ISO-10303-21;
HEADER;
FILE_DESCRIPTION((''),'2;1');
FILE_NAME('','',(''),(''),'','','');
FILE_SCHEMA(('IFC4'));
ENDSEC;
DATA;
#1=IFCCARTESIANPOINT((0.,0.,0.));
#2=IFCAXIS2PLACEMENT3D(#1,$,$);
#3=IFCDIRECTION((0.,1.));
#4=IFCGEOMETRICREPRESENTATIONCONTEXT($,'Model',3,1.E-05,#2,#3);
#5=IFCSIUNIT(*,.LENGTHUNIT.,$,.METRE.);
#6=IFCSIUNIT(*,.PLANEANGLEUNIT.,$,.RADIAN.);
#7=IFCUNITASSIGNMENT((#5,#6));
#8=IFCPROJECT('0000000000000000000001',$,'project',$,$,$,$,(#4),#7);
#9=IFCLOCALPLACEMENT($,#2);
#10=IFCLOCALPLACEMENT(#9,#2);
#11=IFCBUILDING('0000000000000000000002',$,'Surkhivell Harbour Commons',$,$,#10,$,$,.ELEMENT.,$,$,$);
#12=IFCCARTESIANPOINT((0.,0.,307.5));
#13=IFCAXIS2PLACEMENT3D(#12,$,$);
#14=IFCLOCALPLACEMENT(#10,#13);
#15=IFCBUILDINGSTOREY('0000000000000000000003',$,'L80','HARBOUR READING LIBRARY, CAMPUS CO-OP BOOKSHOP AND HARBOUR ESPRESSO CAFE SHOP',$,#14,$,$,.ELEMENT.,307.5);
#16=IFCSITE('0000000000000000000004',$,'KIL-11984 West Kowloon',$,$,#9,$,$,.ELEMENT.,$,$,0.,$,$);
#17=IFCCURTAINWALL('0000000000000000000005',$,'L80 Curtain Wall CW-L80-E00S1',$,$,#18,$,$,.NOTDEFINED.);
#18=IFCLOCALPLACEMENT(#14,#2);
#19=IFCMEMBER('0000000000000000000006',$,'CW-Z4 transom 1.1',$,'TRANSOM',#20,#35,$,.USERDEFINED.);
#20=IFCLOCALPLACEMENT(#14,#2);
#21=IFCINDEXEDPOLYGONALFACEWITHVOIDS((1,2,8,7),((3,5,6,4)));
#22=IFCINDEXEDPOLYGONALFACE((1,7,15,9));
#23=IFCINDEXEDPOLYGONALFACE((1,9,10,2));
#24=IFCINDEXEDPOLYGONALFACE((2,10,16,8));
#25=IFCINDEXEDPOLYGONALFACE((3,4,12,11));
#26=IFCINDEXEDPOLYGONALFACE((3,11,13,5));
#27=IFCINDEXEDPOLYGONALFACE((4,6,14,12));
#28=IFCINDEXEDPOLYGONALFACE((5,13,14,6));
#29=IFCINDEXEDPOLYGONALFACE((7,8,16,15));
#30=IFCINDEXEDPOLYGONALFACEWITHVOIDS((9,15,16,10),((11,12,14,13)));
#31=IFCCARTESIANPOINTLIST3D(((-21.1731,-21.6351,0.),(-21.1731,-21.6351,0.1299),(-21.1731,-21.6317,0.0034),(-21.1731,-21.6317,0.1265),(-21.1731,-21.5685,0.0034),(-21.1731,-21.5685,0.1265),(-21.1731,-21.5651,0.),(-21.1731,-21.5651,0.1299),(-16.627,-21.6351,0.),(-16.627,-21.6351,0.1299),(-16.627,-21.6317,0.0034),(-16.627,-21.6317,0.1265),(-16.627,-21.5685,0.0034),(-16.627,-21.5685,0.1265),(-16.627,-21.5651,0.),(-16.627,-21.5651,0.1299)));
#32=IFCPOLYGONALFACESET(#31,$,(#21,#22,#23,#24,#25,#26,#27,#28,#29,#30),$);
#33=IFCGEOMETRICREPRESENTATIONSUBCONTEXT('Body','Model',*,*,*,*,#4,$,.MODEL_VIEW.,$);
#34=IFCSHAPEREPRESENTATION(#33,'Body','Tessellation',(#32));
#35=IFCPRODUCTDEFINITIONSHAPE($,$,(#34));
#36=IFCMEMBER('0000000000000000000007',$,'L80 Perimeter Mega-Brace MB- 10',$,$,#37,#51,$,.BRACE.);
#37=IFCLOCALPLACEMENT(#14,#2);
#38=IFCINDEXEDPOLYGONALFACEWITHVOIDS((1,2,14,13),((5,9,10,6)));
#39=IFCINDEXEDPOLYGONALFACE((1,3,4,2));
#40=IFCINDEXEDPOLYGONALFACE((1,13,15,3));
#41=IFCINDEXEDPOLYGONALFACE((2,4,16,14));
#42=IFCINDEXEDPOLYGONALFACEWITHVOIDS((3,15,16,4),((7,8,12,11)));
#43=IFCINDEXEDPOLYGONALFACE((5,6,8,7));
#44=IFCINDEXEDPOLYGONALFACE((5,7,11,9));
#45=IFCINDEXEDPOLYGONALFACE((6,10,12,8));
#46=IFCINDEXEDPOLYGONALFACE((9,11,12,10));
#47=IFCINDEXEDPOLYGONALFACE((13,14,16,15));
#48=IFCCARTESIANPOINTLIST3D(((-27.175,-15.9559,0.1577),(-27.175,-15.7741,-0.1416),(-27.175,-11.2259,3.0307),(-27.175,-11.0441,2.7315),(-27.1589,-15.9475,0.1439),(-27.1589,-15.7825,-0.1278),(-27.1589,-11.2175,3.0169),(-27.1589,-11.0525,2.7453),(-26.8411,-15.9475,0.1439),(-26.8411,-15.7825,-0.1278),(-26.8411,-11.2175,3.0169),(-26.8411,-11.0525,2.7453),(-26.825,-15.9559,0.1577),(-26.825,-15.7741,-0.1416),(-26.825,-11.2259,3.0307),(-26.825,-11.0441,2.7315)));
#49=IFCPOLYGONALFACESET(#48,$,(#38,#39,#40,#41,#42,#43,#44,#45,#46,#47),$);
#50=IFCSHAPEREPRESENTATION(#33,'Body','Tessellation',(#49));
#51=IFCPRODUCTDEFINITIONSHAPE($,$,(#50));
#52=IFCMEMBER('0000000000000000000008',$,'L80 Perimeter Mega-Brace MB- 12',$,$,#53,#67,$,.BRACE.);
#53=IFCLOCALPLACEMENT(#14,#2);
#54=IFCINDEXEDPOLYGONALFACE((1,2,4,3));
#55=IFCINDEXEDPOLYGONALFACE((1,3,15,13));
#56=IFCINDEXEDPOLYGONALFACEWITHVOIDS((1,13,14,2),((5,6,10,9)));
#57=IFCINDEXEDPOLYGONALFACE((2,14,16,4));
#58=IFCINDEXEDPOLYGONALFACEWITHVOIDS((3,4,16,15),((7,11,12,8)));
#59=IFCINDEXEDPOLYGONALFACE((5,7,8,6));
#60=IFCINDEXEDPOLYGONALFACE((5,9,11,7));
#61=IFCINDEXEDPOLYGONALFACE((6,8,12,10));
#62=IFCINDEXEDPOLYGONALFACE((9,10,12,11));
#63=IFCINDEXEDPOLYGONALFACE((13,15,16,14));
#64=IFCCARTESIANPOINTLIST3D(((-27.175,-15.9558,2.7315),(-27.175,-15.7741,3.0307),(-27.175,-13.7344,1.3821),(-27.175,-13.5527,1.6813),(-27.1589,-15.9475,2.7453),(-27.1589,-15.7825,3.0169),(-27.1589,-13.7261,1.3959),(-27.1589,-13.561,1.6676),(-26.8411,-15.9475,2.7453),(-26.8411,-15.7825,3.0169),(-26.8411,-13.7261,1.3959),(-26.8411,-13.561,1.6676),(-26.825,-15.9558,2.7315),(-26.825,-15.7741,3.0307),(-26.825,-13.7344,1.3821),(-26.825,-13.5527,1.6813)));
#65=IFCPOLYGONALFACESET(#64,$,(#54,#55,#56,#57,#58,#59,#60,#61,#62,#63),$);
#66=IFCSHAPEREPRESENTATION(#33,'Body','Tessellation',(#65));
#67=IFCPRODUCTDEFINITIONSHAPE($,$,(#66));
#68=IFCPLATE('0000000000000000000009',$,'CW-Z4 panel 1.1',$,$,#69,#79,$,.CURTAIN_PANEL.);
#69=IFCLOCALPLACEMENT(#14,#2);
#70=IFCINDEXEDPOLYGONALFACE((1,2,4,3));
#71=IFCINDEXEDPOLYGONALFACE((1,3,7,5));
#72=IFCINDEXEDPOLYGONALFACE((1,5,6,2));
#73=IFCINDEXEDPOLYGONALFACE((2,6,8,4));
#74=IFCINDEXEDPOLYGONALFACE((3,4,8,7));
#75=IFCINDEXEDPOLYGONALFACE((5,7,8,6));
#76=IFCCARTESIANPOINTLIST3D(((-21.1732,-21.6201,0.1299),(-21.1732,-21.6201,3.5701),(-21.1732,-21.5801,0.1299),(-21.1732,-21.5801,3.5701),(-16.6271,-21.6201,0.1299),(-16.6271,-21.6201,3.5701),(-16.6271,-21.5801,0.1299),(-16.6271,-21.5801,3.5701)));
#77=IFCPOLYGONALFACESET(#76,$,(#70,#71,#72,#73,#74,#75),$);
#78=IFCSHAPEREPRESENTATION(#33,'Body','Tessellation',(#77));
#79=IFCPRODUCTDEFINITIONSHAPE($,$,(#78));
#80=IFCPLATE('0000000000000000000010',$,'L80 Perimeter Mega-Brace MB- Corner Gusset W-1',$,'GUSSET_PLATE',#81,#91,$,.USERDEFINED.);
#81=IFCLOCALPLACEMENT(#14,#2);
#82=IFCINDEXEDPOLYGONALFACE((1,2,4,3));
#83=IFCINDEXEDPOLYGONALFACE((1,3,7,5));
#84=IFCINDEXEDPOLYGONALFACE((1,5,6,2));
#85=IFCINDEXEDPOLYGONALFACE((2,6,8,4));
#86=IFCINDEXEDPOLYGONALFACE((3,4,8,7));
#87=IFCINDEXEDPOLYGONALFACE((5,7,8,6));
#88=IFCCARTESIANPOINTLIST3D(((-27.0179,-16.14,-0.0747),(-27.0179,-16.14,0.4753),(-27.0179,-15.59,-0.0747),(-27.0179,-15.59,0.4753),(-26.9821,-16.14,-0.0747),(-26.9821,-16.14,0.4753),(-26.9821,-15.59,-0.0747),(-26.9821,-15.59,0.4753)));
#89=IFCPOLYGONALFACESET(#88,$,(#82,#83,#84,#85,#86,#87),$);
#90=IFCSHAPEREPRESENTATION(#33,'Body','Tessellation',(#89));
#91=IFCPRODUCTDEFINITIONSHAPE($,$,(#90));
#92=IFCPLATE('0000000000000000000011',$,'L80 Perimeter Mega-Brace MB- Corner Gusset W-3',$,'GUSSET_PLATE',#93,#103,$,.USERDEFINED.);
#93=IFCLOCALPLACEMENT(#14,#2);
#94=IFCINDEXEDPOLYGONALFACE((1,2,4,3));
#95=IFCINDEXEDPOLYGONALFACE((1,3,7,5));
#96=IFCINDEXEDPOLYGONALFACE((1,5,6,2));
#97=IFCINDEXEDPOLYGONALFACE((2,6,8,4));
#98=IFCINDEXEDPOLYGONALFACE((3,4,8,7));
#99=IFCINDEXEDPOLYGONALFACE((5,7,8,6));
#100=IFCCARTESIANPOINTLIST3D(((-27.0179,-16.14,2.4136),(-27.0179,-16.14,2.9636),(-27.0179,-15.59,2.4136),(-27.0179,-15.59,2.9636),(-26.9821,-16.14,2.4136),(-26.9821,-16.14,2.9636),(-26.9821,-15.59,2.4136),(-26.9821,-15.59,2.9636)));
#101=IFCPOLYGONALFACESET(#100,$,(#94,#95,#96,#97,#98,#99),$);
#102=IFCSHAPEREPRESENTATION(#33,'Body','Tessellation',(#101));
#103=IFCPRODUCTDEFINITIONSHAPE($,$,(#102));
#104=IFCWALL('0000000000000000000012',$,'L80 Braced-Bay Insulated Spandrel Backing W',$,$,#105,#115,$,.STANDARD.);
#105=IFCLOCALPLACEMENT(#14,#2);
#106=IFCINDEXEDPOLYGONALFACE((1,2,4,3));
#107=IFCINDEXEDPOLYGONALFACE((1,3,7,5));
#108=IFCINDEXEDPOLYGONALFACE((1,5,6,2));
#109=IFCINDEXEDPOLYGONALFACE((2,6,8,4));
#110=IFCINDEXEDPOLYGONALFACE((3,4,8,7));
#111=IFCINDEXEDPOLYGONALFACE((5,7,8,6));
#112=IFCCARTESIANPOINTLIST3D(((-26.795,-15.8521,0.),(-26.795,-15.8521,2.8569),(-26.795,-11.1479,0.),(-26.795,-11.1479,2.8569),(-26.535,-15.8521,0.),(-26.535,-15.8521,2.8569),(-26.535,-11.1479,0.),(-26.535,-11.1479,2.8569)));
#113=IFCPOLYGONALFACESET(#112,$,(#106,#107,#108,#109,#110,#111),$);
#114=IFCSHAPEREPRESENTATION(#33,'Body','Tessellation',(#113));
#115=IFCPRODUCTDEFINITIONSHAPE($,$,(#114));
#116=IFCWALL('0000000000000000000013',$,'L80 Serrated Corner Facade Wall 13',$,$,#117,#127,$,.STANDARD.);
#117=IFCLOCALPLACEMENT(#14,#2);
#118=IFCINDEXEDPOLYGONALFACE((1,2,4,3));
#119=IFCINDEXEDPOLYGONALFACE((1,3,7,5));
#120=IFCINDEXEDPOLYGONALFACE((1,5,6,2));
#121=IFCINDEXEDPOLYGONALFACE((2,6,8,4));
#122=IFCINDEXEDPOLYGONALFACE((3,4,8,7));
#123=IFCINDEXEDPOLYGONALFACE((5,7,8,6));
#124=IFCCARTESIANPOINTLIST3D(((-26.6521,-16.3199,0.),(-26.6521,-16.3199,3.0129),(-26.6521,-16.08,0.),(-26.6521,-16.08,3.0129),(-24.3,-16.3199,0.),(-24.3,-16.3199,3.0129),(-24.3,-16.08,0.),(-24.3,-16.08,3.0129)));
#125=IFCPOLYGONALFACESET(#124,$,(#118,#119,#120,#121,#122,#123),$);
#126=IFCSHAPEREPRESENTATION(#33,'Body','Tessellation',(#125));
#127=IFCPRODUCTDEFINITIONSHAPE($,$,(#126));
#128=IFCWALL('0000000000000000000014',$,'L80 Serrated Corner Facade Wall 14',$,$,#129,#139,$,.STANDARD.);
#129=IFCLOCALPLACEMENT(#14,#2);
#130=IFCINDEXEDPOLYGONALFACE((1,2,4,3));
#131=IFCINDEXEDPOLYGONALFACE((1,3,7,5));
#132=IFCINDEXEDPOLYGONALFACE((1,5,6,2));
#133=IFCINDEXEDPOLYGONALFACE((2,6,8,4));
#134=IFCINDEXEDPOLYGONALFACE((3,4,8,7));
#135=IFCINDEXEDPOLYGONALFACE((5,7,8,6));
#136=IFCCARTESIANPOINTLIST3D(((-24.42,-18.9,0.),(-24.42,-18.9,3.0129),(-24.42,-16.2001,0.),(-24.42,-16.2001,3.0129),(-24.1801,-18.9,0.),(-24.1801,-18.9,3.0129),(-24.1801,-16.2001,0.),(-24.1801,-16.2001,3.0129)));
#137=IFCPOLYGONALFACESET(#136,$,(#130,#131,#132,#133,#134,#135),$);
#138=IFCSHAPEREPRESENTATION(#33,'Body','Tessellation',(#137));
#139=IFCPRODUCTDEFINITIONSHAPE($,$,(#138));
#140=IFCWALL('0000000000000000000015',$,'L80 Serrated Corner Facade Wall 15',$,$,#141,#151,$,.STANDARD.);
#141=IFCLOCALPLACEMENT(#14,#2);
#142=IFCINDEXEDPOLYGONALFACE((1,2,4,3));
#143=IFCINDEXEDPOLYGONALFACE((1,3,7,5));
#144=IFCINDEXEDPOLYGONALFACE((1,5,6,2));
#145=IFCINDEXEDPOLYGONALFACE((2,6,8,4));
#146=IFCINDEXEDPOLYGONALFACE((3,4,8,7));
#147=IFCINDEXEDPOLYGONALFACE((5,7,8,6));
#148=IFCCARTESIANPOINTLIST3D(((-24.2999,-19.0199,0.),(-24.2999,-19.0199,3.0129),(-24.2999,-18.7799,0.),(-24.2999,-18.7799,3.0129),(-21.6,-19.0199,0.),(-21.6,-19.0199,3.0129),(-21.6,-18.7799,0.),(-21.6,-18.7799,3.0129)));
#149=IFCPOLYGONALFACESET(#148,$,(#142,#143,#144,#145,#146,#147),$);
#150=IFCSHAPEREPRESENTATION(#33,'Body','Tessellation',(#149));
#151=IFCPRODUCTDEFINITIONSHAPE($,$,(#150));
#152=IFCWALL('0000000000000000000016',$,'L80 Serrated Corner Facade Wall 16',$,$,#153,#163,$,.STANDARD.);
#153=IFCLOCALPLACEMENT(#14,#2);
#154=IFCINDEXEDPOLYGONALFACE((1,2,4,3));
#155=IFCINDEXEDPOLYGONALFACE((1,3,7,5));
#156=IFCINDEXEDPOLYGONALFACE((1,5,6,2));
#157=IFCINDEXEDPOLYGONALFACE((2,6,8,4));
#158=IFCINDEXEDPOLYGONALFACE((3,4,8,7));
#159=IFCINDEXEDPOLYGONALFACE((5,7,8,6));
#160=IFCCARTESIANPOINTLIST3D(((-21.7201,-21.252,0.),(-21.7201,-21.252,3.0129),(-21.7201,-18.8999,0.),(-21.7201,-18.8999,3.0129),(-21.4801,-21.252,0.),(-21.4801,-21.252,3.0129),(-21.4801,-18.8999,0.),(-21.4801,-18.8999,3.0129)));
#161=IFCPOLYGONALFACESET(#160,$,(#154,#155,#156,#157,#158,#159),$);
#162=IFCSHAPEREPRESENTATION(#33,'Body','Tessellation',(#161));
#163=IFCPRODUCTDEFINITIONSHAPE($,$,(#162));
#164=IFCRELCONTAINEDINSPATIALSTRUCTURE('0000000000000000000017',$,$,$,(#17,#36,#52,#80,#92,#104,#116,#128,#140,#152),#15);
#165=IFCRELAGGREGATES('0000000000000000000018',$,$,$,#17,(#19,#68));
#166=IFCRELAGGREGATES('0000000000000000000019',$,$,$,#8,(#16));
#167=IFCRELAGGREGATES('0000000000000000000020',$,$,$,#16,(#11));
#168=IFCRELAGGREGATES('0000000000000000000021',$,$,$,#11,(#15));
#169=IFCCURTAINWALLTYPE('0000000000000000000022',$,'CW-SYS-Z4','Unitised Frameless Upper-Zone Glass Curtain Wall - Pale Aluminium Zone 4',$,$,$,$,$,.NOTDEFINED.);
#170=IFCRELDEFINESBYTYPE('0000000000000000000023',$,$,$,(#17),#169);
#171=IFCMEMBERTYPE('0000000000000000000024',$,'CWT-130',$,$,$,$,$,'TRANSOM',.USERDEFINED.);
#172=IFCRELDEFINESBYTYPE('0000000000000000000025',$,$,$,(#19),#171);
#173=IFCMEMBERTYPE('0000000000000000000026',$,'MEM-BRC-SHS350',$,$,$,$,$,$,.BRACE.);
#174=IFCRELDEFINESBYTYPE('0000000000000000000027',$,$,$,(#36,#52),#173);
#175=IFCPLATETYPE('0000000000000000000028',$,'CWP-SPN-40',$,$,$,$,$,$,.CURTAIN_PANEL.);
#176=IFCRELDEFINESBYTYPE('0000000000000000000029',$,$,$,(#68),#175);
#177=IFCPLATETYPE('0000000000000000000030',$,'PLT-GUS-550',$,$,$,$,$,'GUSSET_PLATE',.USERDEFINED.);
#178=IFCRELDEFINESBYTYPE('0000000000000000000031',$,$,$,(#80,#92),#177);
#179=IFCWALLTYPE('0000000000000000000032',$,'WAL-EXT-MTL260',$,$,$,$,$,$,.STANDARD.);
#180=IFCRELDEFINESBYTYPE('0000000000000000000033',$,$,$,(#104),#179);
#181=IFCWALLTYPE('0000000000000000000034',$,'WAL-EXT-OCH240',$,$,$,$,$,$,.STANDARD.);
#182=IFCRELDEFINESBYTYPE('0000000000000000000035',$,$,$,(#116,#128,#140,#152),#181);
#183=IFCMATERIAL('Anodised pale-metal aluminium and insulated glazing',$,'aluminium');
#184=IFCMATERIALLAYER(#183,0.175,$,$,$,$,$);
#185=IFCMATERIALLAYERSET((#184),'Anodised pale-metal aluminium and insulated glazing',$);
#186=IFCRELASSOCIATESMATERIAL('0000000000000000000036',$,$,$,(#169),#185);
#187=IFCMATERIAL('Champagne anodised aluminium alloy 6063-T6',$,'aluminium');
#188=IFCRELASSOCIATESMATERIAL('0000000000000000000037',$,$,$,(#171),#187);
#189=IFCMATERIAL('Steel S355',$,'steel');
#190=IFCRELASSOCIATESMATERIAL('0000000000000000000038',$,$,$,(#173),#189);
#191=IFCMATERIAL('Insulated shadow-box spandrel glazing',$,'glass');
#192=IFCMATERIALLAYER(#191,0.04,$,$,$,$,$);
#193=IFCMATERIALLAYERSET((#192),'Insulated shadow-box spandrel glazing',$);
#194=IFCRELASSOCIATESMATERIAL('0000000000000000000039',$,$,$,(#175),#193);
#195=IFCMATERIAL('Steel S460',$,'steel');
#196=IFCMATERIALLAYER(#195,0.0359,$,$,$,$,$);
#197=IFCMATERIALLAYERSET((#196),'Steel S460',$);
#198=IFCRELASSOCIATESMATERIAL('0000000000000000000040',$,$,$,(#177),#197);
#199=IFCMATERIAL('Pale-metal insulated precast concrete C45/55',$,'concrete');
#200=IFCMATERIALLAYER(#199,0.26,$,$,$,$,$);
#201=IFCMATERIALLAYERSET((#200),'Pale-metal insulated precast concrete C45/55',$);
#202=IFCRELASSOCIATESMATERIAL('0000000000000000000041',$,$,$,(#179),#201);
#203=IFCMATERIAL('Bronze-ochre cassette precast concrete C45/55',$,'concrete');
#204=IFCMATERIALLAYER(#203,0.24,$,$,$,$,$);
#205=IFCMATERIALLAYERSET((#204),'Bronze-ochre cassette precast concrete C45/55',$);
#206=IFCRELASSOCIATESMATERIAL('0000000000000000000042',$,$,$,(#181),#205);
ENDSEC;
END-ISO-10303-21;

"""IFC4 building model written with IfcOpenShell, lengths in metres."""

from ifc_helpers import new_model, si_unit, direction, frame, frame_2d, origin, origin_2d, place, context, subcontext, project, spatial, rectangle, hollow_rectangle, extrude, material, layer, layer_set, material_profile, profile_set, type_object, element, aggregate, save


model = new_model("IFC4")

# Units and contexts
model_context = context("Model", 3, precision=1e-05, world=origin(), true_north=direction((0.0, 1.0)))
body_context = subcontext(model_context, "Body", "Model", "MODEL_VIEW")
ifc_project = project(units=[si_unit("LENGTHUNIT", "METRE"), si_unit("PLANEANGLEUNIT", "RADIAN")], contexts=[model_context])

# Site, building, storey
site_placement = place(None, origin())
site = spatial("IfcSite", under=ifc_project, at=site_placement, Name="KIL-11984 West Kowloon", CompositionType="ELEMENT", RefElevation=0.0)
building_placement = place(site_placement, origin())
building = spatial("IfcBuilding", under=site, at=building_placement, Name="Surkhivell Harbour Commons", CompositionType="ELEMENT")
storey_placement = place(building_placement, frame((0.0, 0.0, 307.5)))
storey = spatial("IfcBuildingStorey", under=building, at=storey_placement, Name="L80", Description="HARBOUR READING LIBRARY, CAMPUS CO-OP BOOKSHOP AND HARBOUR ESPRESSO CAFE SHOP", CompositionType="ELEMENT", Elevation=307.5)

# Shared definitions
ifc_material_1 = material(Name="Steel S355", Category="steel")

# Curtain wall, member
ifc_material_2 = material(Name="Anodised pale-metal aluminium and insulated glazing", Category="aluminium")
ifc_layer_1 = layer(ifc_material_2, 0.175)
ifc_layer_set_1 = layer_set([ifc_layer_1], Name="Anodised pale-metal aluminium and insulated glazing")
curtain_wall_type = type_object("IfcCurtainWallType", Name="CW-SYS-Z4", Description="Unitised Frameless Upper-Zone Glass Curtain Wall - Pale Aluminium Zone 4", PredefinedType="NOTDEFINED", material=ifc_layer_set_1)
curtain_wall_placement = place(storey_placement, origin())
curtain_wall = element("IfcCurtainWall", 1, at=curtain_wall_placement, inside=storey, type_object=curtain_wall_type, Name="L80 Curtain Wall CW-L80-E00S1", PredefinedType="NOTDEFINED")
ifc_material_3 = material(Name="Champagne anodised aluminium alloy 6063-T6", Category="aluminium")
ifc_material_profile_1 = material_profile(ifc_material_3, hollow_rectangle(XDim=0.0701, YDim=0.1299, WallThickness=0.0034, at=origin_2d()), Name="ALU-TRAN-70x130")
ifc_profile_set_1 = profile_set([ifc_material_profile_1], Name="Champagne anodised aluminium alloy 6063-T6")
member_type_1 = type_object("IfcMemberType", Name="CWT-130", ElementType="TRANSOM", PredefinedType="USERDEFINED", material=ifc_profile_set_1)
member_1_placement = place(storey_placement, frame((-21.1731, -21.6001, 0.0649), z_axis=(1.0, 0.0, 0.0), x_axis=(0.0, 1.0, 0.0)))
member_1 = element("IfcMember", 2, at=member_1_placement, type_object=member_type_1, Name="CW-Z4 transom 1.1", ObjectType="TRANSOM", PredefinedType="USERDEFINED", context=body_context, shape_type="SweptSolid", body=[
    extrude(hollow_rectangle(XDim=0.0701, YDim=0.1299, WallThickness=0.0034, at=origin_2d()), origin(), (0.0, 0.0, 1.0), 4.5461),
])

# Members
ifc_material_profile_2 = material_profile(ifc_material_1, hollow_rectangle(XDim=0.3501, YDim=0.3501, WallThickness=0.0161, at=origin_2d()), Name="SHS350x350x16")
ifc_profile_set_2 = profile_set([ifc_material_profile_2], Name="Steel S355")
member_type_2 = type_object("IfcMemberType", Name="MEM-BRC-SHS350", PredefinedType="BRACE", material=ifc_profile_set_2)
member_2_placement = place(storey_placement, frame((-27.0, -15.865, 0.0081), z_axis=(0.0, 0.854685, 0.519146), x_axis=(-1.0, 0.0, 0.0)))
element("IfcMember", 3, at=member_2_placement, inside=storey, type_object=member_type_2, Name="L80 Perimeter Mega-Brace MB- 10", PredefinedType="BRACE", context=body_context, shape_type="SweptSolid", body=[
    extrude(hollow_rectangle(XDim=0.3501, YDim=0.3501, WallThickness=0.0161, at=origin_2d()), origin(), (0.0, 0.0, 1.0), 5.5342),
])
member_3_placement = place(storey_placement, frame((-27.0, -13.6436, 1.5317), z_axis=(0.0, -0.854679, 0.519157), x_axis=(1.0, 0.0, 0.0)))
element("IfcMember", 4, at=member_3_placement, inside=storey, type_object=member_type_2, Name="L80 Perimeter Mega-Brace MB- 12", PredefinedType="BRACE", context=body_context, shape_type="SweptSolid", body=[
    extrude(hollow_rectangle(XDim=0.3501, YDim=0.3501, WallThickness=0.0161, at=origin_2d()), origin(), (0.0, 0.0, 1.0), 2.5991),
])

# Plate
ifc_material_4 = material(Name="Insulated shadow-box spandrel glazing", Category="glass")
ifc_layer_2 = layer(ifc_material_4, 0.04)
ifc_layer_set_2 = layer_set([ifc_layer_2], Name="Insulated shadow-box spandrel glazing")
plate_type_1 = type_object("IfcPlateType", Name="CWP-SPN-40", PredefinedType="CURTAIN_PANEL", material=ifc_layer_set_2)
plate_placement = place(storey_placement, frame((-21.1731, -21.6001, 0.1299), z_axis=(0.0, 0.0, 1.0), x_axis=(1.0, 0.0, 0.0)))
plate = element("IfcPlate", 5, at=plate_placement, type_object=plate_type_1, Name="CW-Z4 panel 1.1", PredefinedType="CURTAIN_PANEL", context=body_context, shape_type="SweptSolid", body=[
    extrude(rectangle(XDim=4.5461, YDim=0.04, at=frame_2d((2.2729, 0.0))), origin(), (0.0, 0.0, 1.0), 3.4402),
])
aggregate(curtain_wall, [member_1, plate])

# Plates
ifc_material_5 = material(Name="Steel S460", Category="steel")
ifc_layer_3 = layer(ifc_material_5, 0.0359)
ifc_layer_set_3 = layer_set([ifc_layer_3], Name="Steel S460")
plate_type_2 = type_object("IfcPlateType", Name="PLT-GUS-550", ElementType="GUSSET_PLATE", PredefinedType="USERDEFINED", material=ifc_layer_set_3)
for number, where, z_axis, x_axis, name in (
    (6, (-27.0, -15.865, -0.0747), (0.0, 0.0, 1.0), (0.0, 1.0, 0.0), "L80 Perimeter Mega-Brace MB- Corner Gusset W-1"),
    (7, (-27.0, -15.865, 2.4136), (0.0, 0.0, 1.0), (0.0, 1.0, 0.0), "L80 Perimeter Mega-Brace MB- Corner Gusset W-3"),
):
    element("IfcPlate", number, at=place(storey_placement, frame(where, z_axis=z_axis, x_axis=x_axis)), inside=storey, type_object=plate_type_2, Name=name, ObjectType="GUSSET_PLATE", PredefinedType="USERDEFINED", context=body_context, shape_type="SweptSolid", body=[
        extrude(rectangle(XDim=0.55, YDim=0.0359, at=origin_2d()), origin(), (0.0, 0.0, 1.0), 0.55),
    ])

# Walls
ifc_material_6 = material(Name="Pale-metal insulated precast concrete C45/55", Category="concrete")
ifc_layer_4 = layer(ifc_material_6, 0.26)
ifc_layer_set_4 = layer_set([ifc_layer_4], Name="Pale-metal insulated precast concrete C45/55")
wall_type_1 = type_object("IfcWallType", Name="WAL-EXT-MTL260", PredefinedType="STANDARD", material=ifc_layer_set_4)
wall_1_placement = place(storey_placement, frame((-26.665, -15.8521, 0.0), z_axis=(0.0, 0.0, 1.0), x_axis=(0.0, 1.0, 0.0)))
element("IfcWall", 8, at=wall_1_placement, inside=storey, type_object=wall_type_1, Name="L80 Braced-Bay Insulated Spandrel Backing W", PredefinedType="STANDARD", context=body_context, shape_type="SweptSolid", body=[
    extrude(rectangle(XDim=4.7041, YDim=0.26, at=frame_2d((2.3521, 0.0))), origin(), (0.0, 0.0, 1.0), 2.8569),
])
ifc_material_7 = material(Name="Bronze-ochre cassette precast concrete C45/55", Category="concrete")
ifc_layer_5 = layer(ifc_material_7, 0.24)
ifc_layer_set_5 = layer_set([ifc_layer_5], Name="Bronze-ochre cassette precast concrete C45/55")
wall_type_2 = type_object("IfcWallType", Name="WAL-EXT-OCH240", PredefinedType="STANDARD", material=ifc_layer_set_5)
wall_2_placement = place(storey_placement, frame((-26.6521, -16.2, 0.0), z_axis=(0.0, 0.0, 1.0), x_axis=(1.0, 0.0, 0.0)))
element("IfcWall", 9, at=wall_2_placement, inside=storey, type_object=wall_type_2, Name="L80 Serrated Corner Facade Wall 13", PredefinedType="STANDARD", context=body_context, shape_type="SweptSolid", body=[
    extrude(rectangle(XDim=2.3521, YDim=0.24, at=frame_2d((1.176, 0.0))), origin(), (0.0, 0.0, 1.0), 3.0129),
])
for number, where, z_axis, x_axis, name in (
    (10, (-24.3, -16.2, 0.0), (0.0, 0.0, 1.0), (0.0, -1.0, 0.0), "L80 Serrated Corner Facade Wall 14"),
    (11, (-24.3, -18.8999, 0.0), (0.0, 0.0, 1.0), (1.0, 0.0, 0.0), "L80 Serrated Corner Facade Wall 15"),
):
    element("IfcWall", number, at=place(storey_placement, frame(where, z_axis=z_axis, x_axis=x_axis)), inside=storey, type_object=wall_type_2, Name=name, PredefinedType="STANDARD", context=body_context, shape_type="SweptSolid", body=[
        extrude(rectangle(XDim=2.7, YDim=0.24, at=frame_2d((1.3501, 0.0))), origin(), (0.0, 0.0, 1.0), 3.0129),
    ])
wall_3_placement = place(storey_placement, frame((-21.6001, -18.8999, 0.0), z_axis=(0.0, 0.0, 1.0), x_axis=(0.0, -1.0, 0.0)))
element("IfcWall", 12, at=wall_3_placement, inside=storey, type_object=wall_type_2, Name="L80 Serrated Corner Facade Wall 16", PredefinedType="STANDARD", context=body_context, shape_type="SweptSolid", body=[
    extrude(rectangle(XDim=2.3521, YDim=0.24, at=frame_2d((1.176, 0.0))), origin(), (0.0, 0.0, 1.0), 3.0129),
])

save(model, "model.ifc")
